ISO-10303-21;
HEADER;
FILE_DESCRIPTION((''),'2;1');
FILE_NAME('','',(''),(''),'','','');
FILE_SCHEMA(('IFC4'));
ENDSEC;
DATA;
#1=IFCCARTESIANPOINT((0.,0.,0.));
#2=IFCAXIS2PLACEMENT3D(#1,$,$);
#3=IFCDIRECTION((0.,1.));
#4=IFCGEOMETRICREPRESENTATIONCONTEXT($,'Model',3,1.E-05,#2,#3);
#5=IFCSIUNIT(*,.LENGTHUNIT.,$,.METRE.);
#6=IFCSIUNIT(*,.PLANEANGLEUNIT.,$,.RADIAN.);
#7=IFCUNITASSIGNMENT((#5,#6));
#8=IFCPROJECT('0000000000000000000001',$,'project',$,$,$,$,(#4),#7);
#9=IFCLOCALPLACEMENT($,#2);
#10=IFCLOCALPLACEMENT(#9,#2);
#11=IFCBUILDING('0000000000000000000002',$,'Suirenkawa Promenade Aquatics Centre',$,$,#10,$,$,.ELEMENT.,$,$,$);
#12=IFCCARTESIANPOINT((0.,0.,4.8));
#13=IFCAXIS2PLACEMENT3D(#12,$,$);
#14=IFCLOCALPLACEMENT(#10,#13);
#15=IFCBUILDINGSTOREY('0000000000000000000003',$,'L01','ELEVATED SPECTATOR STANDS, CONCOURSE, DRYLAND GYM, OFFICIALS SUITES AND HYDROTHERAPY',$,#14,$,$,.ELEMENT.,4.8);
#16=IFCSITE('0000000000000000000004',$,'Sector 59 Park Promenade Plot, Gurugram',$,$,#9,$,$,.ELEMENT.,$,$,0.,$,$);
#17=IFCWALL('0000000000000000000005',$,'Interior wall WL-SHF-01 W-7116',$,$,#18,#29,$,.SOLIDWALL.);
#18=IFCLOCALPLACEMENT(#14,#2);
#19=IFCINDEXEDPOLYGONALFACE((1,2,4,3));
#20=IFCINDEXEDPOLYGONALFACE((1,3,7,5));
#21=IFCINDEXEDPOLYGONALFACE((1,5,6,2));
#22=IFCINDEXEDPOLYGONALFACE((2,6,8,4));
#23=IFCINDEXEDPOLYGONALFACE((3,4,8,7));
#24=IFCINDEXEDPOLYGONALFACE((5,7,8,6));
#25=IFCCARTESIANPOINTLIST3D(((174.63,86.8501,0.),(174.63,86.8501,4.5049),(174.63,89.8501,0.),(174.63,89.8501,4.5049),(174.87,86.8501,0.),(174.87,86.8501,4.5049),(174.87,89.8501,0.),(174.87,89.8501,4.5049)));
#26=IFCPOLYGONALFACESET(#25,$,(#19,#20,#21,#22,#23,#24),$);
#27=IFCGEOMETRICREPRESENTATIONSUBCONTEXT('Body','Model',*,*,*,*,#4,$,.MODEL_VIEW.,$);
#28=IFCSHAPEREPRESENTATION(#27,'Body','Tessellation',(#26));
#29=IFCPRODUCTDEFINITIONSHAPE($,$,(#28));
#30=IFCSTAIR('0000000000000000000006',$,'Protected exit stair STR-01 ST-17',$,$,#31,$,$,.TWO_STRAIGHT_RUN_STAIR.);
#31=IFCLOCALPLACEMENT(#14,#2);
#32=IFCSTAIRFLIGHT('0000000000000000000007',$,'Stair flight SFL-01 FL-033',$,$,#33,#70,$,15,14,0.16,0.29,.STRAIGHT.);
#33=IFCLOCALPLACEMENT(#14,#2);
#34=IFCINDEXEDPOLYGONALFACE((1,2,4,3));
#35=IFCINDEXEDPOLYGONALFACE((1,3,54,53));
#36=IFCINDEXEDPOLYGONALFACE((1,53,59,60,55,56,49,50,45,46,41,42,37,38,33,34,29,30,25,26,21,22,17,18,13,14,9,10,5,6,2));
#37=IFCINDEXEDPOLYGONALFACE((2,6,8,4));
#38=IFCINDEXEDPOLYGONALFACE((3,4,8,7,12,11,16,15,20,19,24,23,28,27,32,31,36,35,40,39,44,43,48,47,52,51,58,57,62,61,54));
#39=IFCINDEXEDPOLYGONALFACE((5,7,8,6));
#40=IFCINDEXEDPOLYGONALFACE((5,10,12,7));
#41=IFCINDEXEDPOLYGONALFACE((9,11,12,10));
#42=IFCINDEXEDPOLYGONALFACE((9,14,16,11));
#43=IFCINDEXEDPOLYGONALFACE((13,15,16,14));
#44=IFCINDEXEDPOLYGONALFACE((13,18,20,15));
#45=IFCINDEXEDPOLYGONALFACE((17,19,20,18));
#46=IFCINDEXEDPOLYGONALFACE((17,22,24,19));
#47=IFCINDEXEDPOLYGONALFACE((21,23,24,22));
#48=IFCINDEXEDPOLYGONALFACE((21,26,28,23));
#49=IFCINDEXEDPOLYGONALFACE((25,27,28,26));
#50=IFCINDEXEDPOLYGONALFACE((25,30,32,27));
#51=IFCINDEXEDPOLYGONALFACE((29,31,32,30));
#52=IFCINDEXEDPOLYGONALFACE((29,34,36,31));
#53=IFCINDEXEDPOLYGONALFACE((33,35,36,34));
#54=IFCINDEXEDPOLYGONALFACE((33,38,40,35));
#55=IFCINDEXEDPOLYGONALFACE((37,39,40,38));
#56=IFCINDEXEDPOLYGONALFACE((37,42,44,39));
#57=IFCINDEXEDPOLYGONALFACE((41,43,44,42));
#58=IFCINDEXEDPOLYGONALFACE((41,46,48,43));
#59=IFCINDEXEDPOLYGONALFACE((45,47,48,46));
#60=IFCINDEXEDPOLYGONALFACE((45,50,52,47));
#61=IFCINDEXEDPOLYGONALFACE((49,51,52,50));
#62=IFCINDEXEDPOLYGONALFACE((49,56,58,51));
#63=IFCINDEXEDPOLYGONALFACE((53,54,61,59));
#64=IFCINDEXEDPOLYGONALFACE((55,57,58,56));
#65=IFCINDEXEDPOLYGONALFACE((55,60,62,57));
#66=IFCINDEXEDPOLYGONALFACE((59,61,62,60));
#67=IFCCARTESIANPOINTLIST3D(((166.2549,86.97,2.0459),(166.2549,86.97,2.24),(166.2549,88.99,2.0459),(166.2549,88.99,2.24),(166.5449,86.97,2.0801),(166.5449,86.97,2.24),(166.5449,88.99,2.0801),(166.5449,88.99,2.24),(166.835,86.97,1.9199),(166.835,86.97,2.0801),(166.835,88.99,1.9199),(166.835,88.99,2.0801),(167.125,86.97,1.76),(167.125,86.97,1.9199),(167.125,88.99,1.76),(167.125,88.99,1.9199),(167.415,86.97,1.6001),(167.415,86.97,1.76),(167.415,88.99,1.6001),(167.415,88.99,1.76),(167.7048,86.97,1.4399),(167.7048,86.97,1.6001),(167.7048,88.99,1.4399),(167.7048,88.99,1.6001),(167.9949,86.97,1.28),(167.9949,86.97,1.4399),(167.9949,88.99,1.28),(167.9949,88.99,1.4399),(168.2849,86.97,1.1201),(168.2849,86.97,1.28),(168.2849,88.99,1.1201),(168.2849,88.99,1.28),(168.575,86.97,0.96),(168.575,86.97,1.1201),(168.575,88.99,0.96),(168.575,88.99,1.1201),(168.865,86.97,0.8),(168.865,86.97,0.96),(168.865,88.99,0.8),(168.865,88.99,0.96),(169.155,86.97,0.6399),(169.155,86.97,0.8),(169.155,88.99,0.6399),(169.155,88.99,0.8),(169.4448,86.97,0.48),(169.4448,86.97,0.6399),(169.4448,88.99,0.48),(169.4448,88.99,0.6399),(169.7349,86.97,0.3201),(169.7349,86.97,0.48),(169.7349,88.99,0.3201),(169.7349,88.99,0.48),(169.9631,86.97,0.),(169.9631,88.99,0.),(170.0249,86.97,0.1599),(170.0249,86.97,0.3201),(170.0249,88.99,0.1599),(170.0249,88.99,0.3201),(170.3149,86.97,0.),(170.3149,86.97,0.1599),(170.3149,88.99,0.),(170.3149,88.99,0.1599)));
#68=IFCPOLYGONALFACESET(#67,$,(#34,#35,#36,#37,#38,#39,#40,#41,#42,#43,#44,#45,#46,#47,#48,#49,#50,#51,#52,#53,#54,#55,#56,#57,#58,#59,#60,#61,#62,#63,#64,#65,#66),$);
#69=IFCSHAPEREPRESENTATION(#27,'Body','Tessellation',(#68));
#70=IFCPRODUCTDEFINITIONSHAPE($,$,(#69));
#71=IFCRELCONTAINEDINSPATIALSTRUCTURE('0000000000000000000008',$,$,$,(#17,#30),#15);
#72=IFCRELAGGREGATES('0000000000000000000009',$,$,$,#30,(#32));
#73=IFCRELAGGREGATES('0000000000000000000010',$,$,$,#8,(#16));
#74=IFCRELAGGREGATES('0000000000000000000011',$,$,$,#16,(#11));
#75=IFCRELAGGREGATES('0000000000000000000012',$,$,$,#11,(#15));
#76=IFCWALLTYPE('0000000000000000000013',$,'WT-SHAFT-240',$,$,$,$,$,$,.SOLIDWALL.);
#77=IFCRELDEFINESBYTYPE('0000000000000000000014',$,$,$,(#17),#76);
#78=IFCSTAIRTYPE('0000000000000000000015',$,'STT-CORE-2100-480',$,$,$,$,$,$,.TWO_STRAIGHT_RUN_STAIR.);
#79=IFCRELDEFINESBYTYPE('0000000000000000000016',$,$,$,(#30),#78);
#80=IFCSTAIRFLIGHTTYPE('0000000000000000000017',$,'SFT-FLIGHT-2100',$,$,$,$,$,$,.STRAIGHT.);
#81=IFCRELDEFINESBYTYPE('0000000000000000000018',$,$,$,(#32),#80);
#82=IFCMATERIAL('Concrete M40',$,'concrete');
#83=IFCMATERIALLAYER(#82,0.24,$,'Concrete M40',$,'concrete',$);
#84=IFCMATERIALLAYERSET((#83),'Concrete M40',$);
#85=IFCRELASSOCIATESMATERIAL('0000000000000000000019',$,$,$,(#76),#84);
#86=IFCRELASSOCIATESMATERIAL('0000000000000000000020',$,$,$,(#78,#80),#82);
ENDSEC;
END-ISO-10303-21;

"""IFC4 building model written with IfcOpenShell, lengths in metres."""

from ifc_helpers import new_model, si_unit, direction, frame, frame_2d, origin, place, context, subcontext, project, spatial, polyline, rectangle, outline, extrude, material, layer, layer_set, type_object, element, aggregate, save


model = new_model("IFC4")

# Units and contexts
model_context = context("Model", 3, precision=1e-05, world=origin(), true_north=direction((0.0, 1.0)))
body_context = subcontext(model_context, "Body", "Model", "MODEL_VIEW")
ifc_project = project(units=[si_unit("LENGTHUNIT", "METRE"), si_unit("PLANEANGLEUNIT", "RADIAN")], contexts=[model_context])

# Site, building, storey
site_placement = place(None, origin())
site = spatial("IfcSite", under=ifc_project, at=site_placement, Name="Sector 59 Park Promenade Plot, Gurugram", CompositionType="ELEMENT", RefElevation=0.0)
building_placement = place(site_placement, origin())
building = spatial("IfcBuilding", under=site, at=building_placement, Name="Suirenkawa Promenade Aquatics Centre", CompositionType="ELEMENT")
storey_placement = place(building_placement, frame((0.0, 0.0, 4.8)))
storey = spatial("IfcBuildingStorey", under=building, at=storey_placement, Name="L01", Description="ELEVATED SPECTATOR STANDS, CONCOURSE, DRYLAND GYM, OFFICIALS SUITES AND HYDROTHERAPY", CompositionType="ELEMENT", Elevation=4.8)

# Shared definitions
ifc_material_1 = material(Name="Concrete M40", Category="concrete")

# Shared definitions
ifc_layer_1 = layer(ifc_material_1, 0.24, Name="Concrete M40", Category="concrete")
ifc_layer_set_1 = layer_set([ifc_layer_1], Name="Concrete M40")
wall_type_1 = type_object("IfcWallType", Name="WT-SHAFT-240", PredefinedType="SOLIDWALL", material=ifc_layer_set_1)

# Wall
for number, where, z_axis, x_axis, name in (
    (1, (174.75, 86.8501, 0.0), (0.0, 0.0, 1.0), (0.0, 1.0, 0.0), "Interior wall WL-SHF-01 W-7116"),
):
    element("IfcWall", number, at=place(storey_placement, frame(where, z_axis=z_axis, x_axis=x_axis)), inside=storey, type_object=wall_type_1, Name=name, PredefinedType="SOLIDWALL", context=body_context, shape_type="SweptSolid", body=[
        extrude(rectangle(XDim=3.0, YDim=0.24, at=frame_2d((1.5, 0.0))), origin(), (0.0, 0.0, 1.0), 4.5049),
    ])

# Stair, stair flight
stair_type = type_object("IfcStairType", Name="STT-CORE-2100-480", PredefinedType="TWO_STRAIGHT_RUN_STAIR", material=ifc_material_1)
stair_placement = place(storey_placement, origin())
stair = element("IfcStair", 2, at=stair_placement, inside=storey, type_object=stair_type, Name="Protected exit stair STR-01 ST-17", PredefinedType="TWO_STRAIGHT_RUN_STAIR")
stair_flight_type = type_object("IfcStairFlightType", Name="SFT-FLIGHT-2100", PredefinedType="STRAIGHT", material=ifc_material_1)
stair_flight_placement = place(storey_placement, frame((170.3149, 87.98, 0.0), z_axis=(0.0, 0.0, 1.0), x_axis=(-1.0, 0.0, 0.0)))
stair_flight = element("IfcStairFlight", 3, at=stair_flight_placement, type_object=stair_flight_type, Name="Stair flight SFL-01 FL-033", NumberOfRisers=15, NumberOfTreads=14, PredefinedType="STRAIGHT", RiserHeight=0.16, TreadLength=0.29, context=body_context, shape_type="SweptSolid", body=[
    extrude(outline(polyline([(0.0, 0.0), (0.0, 0.1599), (0.29, 0.1599), (0.29, 0.3201), (0.5801, 0.3201), (0.5801, 0.48), (0.8701, 0.48), (0.8701, 0.6399), (1.1599, 0.6399), (1.1599, 0.8), (1.45, 0.8), (1.45, 0.96), (1.74, 0.96), (1.74, 1.1201), (2.03, 1.1201), (2.03, 1.28), (2.3201, 1.28), (2.3201, 1.4399), (2.6101, 1.4399), (2.6101, 1.6001), (2.8999, 1.6001), (2.8999, 1.76), (3.1899, 1.76), (3.1899, 1.9199), (3.48, 1.9199), (3.48, 2.0801), (3.77, 2.0801), (3.77, 2.24), (4.0601, 2.24), (4.0601, 2.3999), (4.0601, 2.0459), (0.3518, 0.0), (0.0, 0.0)])), frame((0.0, 1.01, 0.0), z_axis=(0.0, -1.0, 0.0), x_axis=(1.0, 0.0, 0.0)), (0.0, 0.0, 1.0), 2.02),
])
aggregate(stair, [stair_flight])

save(model, "model.ifc")
